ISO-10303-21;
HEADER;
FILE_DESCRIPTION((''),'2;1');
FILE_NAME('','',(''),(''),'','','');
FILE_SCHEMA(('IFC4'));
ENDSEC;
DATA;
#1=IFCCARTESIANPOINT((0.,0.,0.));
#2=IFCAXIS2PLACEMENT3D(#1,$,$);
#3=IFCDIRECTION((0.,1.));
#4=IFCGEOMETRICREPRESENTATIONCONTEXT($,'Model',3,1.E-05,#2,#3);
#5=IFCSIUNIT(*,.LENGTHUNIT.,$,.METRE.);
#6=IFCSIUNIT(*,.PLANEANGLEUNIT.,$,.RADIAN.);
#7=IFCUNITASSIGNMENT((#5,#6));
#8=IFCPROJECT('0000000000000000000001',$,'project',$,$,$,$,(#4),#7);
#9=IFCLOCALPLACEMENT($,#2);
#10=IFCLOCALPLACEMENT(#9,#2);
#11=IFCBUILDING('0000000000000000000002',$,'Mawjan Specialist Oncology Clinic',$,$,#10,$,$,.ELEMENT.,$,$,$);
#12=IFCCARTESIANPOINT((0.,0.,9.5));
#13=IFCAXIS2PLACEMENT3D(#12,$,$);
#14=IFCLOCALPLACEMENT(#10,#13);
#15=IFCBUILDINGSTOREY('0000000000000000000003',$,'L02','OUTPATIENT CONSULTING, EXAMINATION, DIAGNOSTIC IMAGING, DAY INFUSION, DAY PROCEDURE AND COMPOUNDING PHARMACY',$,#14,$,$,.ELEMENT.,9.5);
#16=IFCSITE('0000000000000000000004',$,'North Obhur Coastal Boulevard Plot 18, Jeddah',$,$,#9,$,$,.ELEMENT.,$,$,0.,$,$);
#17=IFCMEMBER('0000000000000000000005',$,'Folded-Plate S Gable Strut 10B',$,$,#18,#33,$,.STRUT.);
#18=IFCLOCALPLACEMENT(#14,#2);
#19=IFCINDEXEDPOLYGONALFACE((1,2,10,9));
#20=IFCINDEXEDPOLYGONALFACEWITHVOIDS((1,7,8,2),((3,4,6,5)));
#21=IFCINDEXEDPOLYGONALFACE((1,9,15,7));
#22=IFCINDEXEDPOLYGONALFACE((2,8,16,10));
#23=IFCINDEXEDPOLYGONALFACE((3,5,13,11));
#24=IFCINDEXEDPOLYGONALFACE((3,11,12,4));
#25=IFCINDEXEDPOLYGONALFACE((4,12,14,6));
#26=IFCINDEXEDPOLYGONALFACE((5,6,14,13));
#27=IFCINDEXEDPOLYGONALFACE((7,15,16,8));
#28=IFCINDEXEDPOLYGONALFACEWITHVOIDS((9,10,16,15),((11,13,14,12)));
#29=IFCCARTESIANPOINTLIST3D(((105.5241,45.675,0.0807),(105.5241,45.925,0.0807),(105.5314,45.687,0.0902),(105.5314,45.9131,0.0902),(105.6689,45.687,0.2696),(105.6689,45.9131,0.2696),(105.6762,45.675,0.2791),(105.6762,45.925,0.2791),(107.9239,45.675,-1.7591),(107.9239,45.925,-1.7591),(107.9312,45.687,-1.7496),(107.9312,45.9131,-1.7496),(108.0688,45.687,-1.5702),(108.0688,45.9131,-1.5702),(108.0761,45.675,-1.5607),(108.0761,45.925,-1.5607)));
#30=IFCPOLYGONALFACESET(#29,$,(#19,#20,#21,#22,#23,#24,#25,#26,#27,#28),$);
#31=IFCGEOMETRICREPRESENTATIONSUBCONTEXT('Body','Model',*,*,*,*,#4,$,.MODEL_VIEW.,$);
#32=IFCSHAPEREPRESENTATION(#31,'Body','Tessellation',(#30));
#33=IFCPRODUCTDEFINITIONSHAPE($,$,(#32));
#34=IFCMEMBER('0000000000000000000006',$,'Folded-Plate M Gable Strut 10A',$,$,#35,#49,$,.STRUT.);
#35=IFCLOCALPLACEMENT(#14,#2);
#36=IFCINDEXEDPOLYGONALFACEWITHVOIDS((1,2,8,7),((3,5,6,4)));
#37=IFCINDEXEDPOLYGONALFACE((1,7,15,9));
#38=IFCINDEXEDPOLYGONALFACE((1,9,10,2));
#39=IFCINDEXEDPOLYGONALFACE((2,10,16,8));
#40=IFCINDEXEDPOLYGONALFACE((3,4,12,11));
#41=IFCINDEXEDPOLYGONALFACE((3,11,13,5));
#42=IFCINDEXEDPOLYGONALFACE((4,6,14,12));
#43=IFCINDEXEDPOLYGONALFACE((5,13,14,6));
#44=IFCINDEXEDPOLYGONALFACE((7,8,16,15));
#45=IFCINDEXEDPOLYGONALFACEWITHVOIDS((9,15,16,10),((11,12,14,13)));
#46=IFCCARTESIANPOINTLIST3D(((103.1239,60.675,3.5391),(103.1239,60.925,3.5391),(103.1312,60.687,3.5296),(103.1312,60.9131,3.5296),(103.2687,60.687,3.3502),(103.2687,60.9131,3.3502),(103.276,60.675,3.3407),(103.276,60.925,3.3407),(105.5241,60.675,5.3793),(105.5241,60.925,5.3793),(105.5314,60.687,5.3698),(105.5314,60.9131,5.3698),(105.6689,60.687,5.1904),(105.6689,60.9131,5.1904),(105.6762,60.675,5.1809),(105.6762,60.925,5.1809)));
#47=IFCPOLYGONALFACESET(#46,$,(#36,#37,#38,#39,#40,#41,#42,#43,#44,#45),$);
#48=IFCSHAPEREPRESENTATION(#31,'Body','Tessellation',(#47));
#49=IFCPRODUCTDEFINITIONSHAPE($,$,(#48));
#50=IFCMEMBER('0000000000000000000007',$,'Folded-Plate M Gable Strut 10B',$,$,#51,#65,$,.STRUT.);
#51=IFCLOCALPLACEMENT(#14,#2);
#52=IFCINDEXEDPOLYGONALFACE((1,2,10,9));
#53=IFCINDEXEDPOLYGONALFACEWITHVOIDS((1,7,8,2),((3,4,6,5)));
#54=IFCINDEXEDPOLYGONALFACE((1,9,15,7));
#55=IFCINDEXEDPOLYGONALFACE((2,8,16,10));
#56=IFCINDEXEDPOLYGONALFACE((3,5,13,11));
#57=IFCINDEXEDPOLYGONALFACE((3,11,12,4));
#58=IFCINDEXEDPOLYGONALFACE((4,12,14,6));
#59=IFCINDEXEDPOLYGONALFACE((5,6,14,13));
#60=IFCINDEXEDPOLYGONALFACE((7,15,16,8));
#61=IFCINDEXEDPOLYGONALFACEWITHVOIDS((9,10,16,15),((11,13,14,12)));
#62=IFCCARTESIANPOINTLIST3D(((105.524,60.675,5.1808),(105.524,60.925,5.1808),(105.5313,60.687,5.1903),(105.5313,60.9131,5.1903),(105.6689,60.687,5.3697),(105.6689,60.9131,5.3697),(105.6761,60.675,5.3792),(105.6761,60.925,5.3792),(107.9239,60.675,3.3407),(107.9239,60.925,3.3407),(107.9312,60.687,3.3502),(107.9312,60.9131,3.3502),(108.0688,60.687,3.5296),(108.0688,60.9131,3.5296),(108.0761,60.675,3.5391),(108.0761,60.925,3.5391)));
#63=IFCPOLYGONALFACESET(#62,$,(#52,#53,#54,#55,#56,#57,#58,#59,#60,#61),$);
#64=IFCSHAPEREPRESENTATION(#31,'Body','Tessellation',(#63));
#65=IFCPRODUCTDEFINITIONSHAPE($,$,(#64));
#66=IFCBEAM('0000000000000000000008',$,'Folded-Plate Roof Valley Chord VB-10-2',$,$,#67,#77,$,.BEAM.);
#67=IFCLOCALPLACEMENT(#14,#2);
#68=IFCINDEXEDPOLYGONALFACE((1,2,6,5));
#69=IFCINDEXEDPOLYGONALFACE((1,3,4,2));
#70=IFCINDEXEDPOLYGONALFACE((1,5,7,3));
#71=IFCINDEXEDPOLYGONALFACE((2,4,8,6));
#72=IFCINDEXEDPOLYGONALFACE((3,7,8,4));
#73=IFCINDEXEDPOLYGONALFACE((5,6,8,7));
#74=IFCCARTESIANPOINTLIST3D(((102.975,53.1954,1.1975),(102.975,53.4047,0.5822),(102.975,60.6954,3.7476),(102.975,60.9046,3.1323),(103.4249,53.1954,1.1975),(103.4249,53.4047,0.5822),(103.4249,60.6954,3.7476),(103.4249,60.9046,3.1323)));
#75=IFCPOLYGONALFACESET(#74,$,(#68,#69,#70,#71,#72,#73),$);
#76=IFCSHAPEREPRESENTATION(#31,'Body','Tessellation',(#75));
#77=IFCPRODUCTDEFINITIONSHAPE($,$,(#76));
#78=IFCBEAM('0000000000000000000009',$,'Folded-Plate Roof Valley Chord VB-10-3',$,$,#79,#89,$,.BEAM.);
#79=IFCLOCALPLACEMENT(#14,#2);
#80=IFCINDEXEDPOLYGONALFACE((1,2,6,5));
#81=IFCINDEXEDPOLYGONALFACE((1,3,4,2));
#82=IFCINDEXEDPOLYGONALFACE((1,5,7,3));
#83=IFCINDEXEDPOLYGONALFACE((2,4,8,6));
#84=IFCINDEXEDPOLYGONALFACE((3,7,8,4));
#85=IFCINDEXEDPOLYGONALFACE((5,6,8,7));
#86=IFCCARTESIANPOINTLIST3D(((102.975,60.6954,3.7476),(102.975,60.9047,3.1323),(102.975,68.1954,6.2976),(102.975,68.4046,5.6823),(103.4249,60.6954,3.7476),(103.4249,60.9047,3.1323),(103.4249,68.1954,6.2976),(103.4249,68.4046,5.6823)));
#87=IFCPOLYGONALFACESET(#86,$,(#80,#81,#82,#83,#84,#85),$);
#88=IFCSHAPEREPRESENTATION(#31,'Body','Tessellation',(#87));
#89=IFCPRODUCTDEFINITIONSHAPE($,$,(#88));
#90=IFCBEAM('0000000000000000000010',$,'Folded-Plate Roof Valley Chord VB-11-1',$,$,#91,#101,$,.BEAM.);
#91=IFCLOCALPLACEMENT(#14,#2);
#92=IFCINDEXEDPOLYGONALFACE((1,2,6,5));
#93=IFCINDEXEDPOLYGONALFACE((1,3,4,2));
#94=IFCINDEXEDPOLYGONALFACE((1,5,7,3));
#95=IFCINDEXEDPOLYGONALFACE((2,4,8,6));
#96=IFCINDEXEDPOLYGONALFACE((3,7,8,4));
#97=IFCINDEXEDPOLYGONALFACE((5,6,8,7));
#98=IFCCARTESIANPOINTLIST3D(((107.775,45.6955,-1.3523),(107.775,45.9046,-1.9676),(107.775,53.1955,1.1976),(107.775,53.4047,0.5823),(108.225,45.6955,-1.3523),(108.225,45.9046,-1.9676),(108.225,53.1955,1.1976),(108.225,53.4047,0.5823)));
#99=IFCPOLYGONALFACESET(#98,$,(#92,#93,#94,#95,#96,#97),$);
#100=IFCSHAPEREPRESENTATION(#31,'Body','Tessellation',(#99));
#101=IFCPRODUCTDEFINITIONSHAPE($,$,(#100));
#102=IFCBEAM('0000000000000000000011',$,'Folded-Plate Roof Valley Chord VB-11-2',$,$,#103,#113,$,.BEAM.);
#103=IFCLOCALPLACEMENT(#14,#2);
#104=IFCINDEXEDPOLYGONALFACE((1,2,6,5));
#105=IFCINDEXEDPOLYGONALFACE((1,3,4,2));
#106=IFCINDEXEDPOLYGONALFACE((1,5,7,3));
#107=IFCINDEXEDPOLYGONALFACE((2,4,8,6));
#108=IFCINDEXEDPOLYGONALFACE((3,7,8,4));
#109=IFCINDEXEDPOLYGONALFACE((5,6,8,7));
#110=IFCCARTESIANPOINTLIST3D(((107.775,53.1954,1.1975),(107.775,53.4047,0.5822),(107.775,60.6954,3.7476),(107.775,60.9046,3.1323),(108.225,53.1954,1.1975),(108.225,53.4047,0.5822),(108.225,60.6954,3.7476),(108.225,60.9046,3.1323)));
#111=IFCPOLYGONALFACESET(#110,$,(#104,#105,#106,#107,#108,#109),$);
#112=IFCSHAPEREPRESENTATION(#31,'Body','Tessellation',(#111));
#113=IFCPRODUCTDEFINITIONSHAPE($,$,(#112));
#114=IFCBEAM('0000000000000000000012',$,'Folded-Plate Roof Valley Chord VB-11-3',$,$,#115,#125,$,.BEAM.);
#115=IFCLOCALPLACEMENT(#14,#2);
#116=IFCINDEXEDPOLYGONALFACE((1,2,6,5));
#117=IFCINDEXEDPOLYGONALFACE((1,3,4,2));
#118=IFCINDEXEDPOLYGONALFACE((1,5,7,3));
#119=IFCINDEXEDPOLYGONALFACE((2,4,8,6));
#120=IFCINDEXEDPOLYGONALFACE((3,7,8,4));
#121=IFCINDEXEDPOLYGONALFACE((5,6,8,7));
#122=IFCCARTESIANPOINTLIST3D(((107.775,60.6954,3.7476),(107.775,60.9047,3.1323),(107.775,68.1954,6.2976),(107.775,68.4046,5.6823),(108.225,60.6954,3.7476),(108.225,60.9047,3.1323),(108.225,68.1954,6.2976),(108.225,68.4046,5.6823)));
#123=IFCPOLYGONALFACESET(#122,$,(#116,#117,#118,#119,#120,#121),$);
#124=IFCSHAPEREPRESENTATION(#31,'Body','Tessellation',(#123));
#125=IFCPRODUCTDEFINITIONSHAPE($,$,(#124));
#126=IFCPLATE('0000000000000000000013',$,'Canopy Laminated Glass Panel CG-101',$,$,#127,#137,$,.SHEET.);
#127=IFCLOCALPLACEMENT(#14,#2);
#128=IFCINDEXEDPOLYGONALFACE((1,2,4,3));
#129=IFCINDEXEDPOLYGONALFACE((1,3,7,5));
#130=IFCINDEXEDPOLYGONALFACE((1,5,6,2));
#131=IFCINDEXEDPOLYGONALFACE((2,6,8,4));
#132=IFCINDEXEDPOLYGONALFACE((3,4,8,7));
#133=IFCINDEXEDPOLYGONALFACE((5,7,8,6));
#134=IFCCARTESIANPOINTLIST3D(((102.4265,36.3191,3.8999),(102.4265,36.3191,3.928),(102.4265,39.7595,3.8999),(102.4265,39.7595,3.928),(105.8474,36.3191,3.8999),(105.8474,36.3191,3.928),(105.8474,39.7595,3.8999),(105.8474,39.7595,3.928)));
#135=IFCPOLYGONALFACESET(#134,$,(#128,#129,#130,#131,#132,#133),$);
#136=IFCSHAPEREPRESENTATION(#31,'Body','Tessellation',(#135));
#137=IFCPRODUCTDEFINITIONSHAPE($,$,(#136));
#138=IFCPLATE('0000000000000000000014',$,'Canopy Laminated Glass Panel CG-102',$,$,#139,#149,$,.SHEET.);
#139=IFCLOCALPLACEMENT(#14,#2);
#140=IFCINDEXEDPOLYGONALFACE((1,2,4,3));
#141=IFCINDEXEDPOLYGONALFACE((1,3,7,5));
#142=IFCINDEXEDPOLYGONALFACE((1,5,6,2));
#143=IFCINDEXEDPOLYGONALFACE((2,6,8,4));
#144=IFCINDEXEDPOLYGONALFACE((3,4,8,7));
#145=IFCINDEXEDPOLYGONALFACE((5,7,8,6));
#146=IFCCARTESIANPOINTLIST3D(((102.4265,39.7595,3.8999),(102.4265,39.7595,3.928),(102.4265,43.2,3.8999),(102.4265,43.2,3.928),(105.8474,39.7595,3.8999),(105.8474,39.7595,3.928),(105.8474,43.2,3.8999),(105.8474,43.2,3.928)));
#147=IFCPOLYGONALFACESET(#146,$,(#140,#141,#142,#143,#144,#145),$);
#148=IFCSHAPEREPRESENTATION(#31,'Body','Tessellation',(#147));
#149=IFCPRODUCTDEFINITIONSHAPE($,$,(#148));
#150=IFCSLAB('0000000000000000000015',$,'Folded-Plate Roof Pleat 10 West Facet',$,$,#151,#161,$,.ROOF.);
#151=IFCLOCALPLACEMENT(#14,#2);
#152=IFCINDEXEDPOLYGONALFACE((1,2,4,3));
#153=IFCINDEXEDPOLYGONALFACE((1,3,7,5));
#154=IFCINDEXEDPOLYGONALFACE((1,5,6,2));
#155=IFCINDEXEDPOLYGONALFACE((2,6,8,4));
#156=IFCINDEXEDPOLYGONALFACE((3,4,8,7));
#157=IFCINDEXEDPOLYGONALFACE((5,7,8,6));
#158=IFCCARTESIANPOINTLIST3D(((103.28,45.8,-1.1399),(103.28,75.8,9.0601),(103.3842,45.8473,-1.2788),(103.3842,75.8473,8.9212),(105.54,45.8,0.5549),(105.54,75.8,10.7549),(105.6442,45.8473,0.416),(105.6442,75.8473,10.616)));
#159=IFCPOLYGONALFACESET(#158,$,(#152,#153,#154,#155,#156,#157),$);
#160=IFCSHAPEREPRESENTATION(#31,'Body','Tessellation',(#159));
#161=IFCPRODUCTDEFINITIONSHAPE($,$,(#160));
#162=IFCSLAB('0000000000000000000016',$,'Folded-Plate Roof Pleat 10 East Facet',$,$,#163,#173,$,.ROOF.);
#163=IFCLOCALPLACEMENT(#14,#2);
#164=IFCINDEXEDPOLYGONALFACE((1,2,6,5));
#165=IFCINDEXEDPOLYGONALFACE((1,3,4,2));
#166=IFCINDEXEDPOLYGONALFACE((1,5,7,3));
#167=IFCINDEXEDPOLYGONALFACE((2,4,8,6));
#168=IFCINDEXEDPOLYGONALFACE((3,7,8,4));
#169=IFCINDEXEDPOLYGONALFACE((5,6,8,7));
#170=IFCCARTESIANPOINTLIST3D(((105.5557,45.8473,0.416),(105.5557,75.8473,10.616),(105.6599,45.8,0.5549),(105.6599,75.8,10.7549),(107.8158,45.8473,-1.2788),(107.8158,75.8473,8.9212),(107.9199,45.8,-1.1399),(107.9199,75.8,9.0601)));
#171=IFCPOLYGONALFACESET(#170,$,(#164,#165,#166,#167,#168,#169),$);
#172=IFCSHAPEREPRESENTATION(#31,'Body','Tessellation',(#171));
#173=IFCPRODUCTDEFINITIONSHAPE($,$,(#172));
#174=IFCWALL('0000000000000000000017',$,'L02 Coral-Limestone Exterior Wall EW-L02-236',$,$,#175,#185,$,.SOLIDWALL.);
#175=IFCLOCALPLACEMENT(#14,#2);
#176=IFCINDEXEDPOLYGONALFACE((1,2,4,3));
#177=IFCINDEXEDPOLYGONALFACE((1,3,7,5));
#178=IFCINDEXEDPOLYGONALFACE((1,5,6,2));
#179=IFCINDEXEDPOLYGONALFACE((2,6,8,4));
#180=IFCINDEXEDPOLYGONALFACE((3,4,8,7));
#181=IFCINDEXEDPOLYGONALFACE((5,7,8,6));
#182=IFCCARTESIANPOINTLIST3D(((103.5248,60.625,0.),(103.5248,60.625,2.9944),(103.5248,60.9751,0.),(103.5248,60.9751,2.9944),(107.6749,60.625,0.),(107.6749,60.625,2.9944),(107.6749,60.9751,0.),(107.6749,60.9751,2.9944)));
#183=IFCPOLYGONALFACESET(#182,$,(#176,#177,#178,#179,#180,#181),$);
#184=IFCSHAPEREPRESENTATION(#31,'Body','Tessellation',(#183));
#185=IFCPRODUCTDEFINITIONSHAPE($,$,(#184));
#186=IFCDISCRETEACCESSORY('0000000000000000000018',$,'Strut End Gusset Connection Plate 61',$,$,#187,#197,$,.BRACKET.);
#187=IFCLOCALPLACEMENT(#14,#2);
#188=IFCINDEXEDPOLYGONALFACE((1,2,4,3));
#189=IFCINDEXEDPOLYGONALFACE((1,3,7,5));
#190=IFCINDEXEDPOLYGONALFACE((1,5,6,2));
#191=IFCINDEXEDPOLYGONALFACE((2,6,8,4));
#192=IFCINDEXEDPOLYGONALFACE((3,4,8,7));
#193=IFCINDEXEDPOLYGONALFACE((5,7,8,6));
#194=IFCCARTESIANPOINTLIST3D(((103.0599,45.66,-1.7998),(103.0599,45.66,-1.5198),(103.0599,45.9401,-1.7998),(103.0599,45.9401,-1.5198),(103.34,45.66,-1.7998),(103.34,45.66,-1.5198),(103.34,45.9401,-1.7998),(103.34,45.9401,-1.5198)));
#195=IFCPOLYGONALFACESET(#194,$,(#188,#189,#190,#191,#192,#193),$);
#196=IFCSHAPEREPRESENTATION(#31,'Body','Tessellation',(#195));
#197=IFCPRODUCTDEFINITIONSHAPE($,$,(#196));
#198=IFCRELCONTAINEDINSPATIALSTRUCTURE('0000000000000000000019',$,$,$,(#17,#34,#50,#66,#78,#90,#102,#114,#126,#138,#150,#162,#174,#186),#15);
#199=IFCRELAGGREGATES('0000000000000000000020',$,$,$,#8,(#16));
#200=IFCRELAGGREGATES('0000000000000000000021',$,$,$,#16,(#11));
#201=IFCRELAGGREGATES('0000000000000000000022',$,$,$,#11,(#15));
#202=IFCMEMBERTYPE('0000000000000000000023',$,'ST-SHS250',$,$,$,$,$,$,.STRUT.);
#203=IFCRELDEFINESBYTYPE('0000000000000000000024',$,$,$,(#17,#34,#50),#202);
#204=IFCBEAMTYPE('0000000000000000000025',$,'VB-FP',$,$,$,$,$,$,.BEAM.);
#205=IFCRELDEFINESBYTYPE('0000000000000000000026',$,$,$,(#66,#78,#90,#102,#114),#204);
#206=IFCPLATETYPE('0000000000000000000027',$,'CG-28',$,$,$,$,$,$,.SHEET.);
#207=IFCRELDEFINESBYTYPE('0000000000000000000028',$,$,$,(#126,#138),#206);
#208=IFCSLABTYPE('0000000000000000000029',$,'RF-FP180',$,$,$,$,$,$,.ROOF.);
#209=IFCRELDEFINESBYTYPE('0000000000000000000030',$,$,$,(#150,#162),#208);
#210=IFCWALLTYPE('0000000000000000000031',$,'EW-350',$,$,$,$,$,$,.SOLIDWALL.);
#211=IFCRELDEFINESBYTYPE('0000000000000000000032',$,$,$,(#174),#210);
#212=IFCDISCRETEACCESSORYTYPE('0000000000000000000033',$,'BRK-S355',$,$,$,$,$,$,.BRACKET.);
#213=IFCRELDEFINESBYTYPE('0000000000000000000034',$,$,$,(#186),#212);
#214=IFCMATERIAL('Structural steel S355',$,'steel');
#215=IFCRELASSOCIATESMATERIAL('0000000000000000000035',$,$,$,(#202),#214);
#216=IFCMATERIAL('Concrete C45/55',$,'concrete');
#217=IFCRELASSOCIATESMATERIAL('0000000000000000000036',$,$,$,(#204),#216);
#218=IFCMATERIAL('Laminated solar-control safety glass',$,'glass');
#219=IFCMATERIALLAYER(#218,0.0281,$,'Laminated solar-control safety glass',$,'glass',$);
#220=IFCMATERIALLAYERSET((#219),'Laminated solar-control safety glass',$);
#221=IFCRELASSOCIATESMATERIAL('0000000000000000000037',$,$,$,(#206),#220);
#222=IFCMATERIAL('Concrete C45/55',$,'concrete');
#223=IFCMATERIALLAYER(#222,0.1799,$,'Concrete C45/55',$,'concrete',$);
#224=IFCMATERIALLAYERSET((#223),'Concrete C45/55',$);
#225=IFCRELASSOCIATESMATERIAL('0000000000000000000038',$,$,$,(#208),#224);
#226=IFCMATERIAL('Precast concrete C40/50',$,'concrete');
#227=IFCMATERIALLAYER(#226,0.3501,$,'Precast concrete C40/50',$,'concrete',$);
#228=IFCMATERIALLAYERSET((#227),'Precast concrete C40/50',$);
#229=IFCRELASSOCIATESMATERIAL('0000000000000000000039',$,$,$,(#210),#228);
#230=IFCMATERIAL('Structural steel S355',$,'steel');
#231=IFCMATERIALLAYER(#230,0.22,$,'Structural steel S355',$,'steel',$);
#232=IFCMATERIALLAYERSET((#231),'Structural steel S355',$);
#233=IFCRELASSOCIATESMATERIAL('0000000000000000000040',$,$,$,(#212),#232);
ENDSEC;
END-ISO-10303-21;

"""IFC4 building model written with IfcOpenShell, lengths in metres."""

from ifc_helpers import new_model, si_unit, direction, frame, frame_2d, origin, origin_2d, place, context, subcontext, project, spatial, polyline, rectangle, hollow_rectangle, outline, extrude, material, layer, layer_set, material_profile, profile_set, type_object, element, save


model = new_model("IFC4")

# Units and contexts
model_context = context("Model", 3, precision=1e-05, world=origin(), true_north=direction((0.0, 1.0)))
body_context = subcontext(model_context, "Body", "Model", "MODEL_VIEW")
ifc_project = project(units=[si_unit("LENGTHUNIT", "METRE"), si_unit("PLANEANGLEUNIT", "RADIAN")], contexts=[model_context])

# Site, building, storey
site_placement = place(None, origin())
site = spatial("IfcSite", under=ifc_project, at=site_placement, Name="North Obhur Coastal Boulevard Plot 18, Jeddah", CompositionType="ELEMENT", RefElevation=0.0)
building_placement = place(site_placement, origin())
building = spatial("IfcBuilding", under=site, at=building_placement, Name="Mawjan Specialist Oncology Clinic", CompositionType="ELEMENT")
storey_placement = place(building_placement, frame((0.0, 0.0, 9.5)))
storey = spatial("IfcBuildingStorey", under=building, at=storey_placement, Name="L02", Description="OUTPATIENT CONSULTING, EXAMINATION, DIAGNOSTIC IMAGING, DAY INFUSION, DAY PROCEDURE AND COMPOUNDING PHARMACY", CompositionType="ELEMENT", Elevation=9.5)

# Members
ifc_material_1 = material(Name="Structural steel S355", Category="steel")
ifc_material_profile_1 = material_profile(ifc_material_1, hollow_rectangle(XDim=0.25, YDim=0.25, WallThickness=0.012, at=origin_2d()), Name="SHS 250x250x12", Category="steel")
ifc_profile_set_1 = profile_set([ifc_material_profile_1], Name="Structural steel S355")
member_type = type_object("IfcMemberType", Name="ST-SHS250", PredefinedType="STRUT", material=ifc_profile_set_1)
member_1_placement = place(storey_placement, frame((108.0, 45.8, -1.6599), z_axis=(-0.793619, 0.0, 0.608415), x_axis=(0.0, -1.0, 0.0)))
element("IfcMember", 1, at=member_1_placement, inside=storey, type_object=member_type, Name="Folded-Plate S Gable Strut 10B", PredefinedType="STRUT", context=body_context, shape_type="SweptSolid", body=[
    extrude(hollow_rectangle(XDim=0.25, YDim=0.25, WallThickness=0.012, at=origin_2d()), origin(), (0.0, 0.0, 1.0), 3.0239),
])
member_2_placement = place(storey_placement, frame((103.2, 60.8, 3.4399), z_axis=(0.79361, 0.0, 0.608426), x_axis=(0.0, 1.0, 0.0)))
element("IfcMember", 2, at=member_2_placement, inside=storey, type_object=member_type, Name="Folded-Plate M Gable Strut 10A", PredefinedType="STRUT", context=body_context, shape_type="SweptSolid", body=[
    extrude(hollow_rectangle(XDim=0.25, YDim=0.25, WallThickness=0.012, at=origin_2d()), origin(), (0.0, 0.0, 1.0), 3.0244),
])
member_3_placement = place(storey_placement, frame((108.0, 60.8, 3.4399), z_axis=(-0.79358, 0.0, 0.608465), x_axis=(0.0, -1.0, 0.0)))
element("IfcMember", 3, at=member_3_placement, inside=storey, type_object=member_type, Name="Folded-Plate M Gable Strut 10B", PredefinedType="STRUT", context=body_context, shape_type="SweptSolid", body=[
    extrude(hollow_rectangle(XDim=0.25, YDim=0.25, WallThickness=0.012, at=origin_2d()), origin(), (0.0, 0.0, 1.0), 3.0242),
])

# Beams
ifc_material_2 = material(Name="Concrete C45/55", Category="concrete")
ifc_material_profile_2 = material_profile(ifc_material_2, rectangle(XDim=0.45, YDim=0.6499, at=origin_2d()), Name="RC VALLEY 450x650", Category="concrete")
ifc_profile_set_2 = profile_set([ifc_material_profile_2], Name="Concrete C45/55")
beam_type_1 = type_object("IfcBeamType", Name="VB-FP", PredefinedType="BEAM", material=ifc_profile_set_2)
for number, where, z_axis, x_axis, name in (
    (4, (103.2, 53.3, 0.8899), (0.0, 0.946771, 0.321908), (-1.0, 0.0, 0.0), "Folded-Plate Roof Valley Chord VB-10-2"),
    (5, (103.2, 60.8, 3.4399), (0.0, 0.946771, 0.321908), (-1.0, 0.0, 0.0), "Folded-Plate Roof Valley Chord VB-10-3"),
    (6, (108.0, 45.8, -1.6599), (0.0, 0.94678, 0.321881), (-1.0, 0.0, 0.0), "Folded-Plate Roof Valley Chord VB-11-1"),
    (7, (108.0, 53.3, 0.8899), (0.0, 0.946771, 0.321908), (-1.0, 0.0, 0.0), "Folded-Plate Roof Valley Chord VB-11-2"),
    (8, (108.0, 60.8, 3.4399), (0.0, 0.946771, 0.321908), (-1.0, 0.0, 0.0), "Folded-Plate Roof Valley Chord VB-11-3"),
):
    element("IfcBeam", number, at=place(storey_placement, frame(where, z_axis=z_axis, x_axis=x_axis)), inside=storey, type_object=beam_type_1, Name=name, PredefinedType="BEAM", context=body_context, shape_type="SweptSolid", body=[
        extrude(rectangle(XDim=0.45, YDim=0.6499, at=origin_2d()), origin(), (0.0, 0.0, 1.0), 7.9216),
    ])

# Plates
ifc_material_3 = material(Name="Laminated solar-control safety glass", Category="glass")
ifc_layer_1 = layer(ifc_material_3, 0.0281, Name="Laminated solar-control safety glass", Category="glass")
ifc_layer_set_1 = layer_set([ifc_layer_1], Name="Laminated solar-control safety glass")
plate_type = type_object("IfcPlateType", Name="CG-28", PredefinedType="SHEET", material=ifc_layer_set_1)
for number, where, z_axis, x_axis, name in (
    (9, (104.137, 38.0393, 3.8999), (0.0, 0.0, 1.0), (1.0, 0.0, 0.0), "Canopy Laminated Glass Panel CG-101"),
    (10, (104.137, 41.4797, 3.8999), (0.0, 0.0, 1.0), (1.0, 0.0, 0.0), "Canopy Laminated Glass Panel CG-102"),
):
    element("IfcPlate", number, at=place(storey_placement, frame(where, z_axis=z_axis, x_axis=x_axis)), inside=storey, type_object=plate_type, Name=name, PredefinedType="SHEET", context=body_context, shape_type="SweptSolid", body=[
        extrude(rectangle(XDim=3.4209, YDim=3.4404, at=origin_2d()), origin(), (0.0, 0.0, 1.0), 0.0281),
    ])

# Slabs
ifc_material_4 = material(Name="Concrete C45/55", Category="concrete")
ifc_layer_2 = layer(ifc_material_4, 0.1799, Name="Concrete C45/55", Category="concrete")
ifc_layer_set_2 = layer_set([ifc_layer_2], Name="Concrete C45/55")
slab_type = type_object("IfcSlabType", Name="RF-FP180", PredefinedType="ROOF", material=ifc_layer_set_2)
slab_1_placement = place(storey_placement, frame((103.28, 45.8, -1.1399), z_axis=(-0.578924, -0.262472, 0.771982), x_axis=(0.800031, 0.0, 0.599959)))
element("IfcSlab", 11, at=slab_1_placement, inside=storey, type_object=slab_type, Name="Folded-Plate Roof Pleat 10 West Facet", PredefinedType="ROOF", context=body_context, shape_type="SweptSolid", body=[
    extrude(outline(polyline([(0.0, 0.0), (2.8249, 0.0), (8.9444, 31.09), (6.1195, 31.09), (0.0, 0.0)])), origin(), (0.0, 0.0, -1.0), 0.1799),
])
slab_2_placement = place(storey_placement, frame((105.6599, 45.8, 0.5549), z_axis=(0.578924, -0.262472, 0.771982), x_axis=(0.800031, 0.0, -0.599959)))
element("IfcSlab", 12, at=slab_2_placement, inside=storey, type_object=slab_type, Name="Folded-Plate Roof Pleat 10 East Facet", PredefinedType="ROOF", context=body_context, shape_type="SweptSolid", body=[
    extrude(outline(polyline([(0.0, 0.0), (2.8249, 0.0), (-3.2946, 31.09), (-6.1195, 31.09), (0.0, 0.0)])), origin(), (0.0, 0.0, -1.0), 0.1799),
])

# Wall
ifc_material_5 = material(Name="Precast concrete C40/50", Category="concrete")
ifc_layer_3 = layer(ifc_material_5, 0.3501, Name="Precast concrete C40/50", Category="concrete")
ifc_layer_set_3 = layer_set([ifc_layer_3], Name="Precast concrete C40/50")
wall_type = type_object("IfcWallType", Name="EW-350", PredefinedType="SOLIDWALL", material=ifc_layer_set_3)
wall_placement = place(storey_placement, frame((107.675, 60.8, 0.0), z_axis=(0.0, 0.0, 1.0), x_axis=(-1.0, 0.0, 0.0)))
element("IfcWall", 13, at=wall_placement, inside=storey, type_object=wall_type, Name="L02 Coral-Limestone Exterior Wall EW-L02-236", PredefinedType="SOLIDWALL", context=body_context, shape_type="SweptSolid", body=[
    extrude(rectangle(XDim=4.1501, YDim=0.3501, at=frame_2d((2.0752, 0.0))), origin(), (0.0, 0.0, 1.0), 2.9944),
])

# Discrete accessory
ifc_material_6 = material(Name="Structural steel S355", Category="steel")
ifc_layer_4 = layer(ifc_material_6, 0.22, Name="Structural steel S355", Category="steel")
ifc_layer_set_4 = layer_set([ifc_layer_4], Name="Structural steel S355")
discrete_accessory_type = type_object("IfcDiscreteAccessoryType", Name="BRK-S355", PredefinedType="BRACKET", material=ifc_layer_set_4)
for number, where, z_axis, x_axis, name in (
    (14, (103.2, 45.8, -1.7998), (0.0, 0.0, 1.0), (1.0, 0.0, 0.0), "Strut End Gusset Connection Plate 61"),
):
    element("IfcDiscreteAccessory", number, at=place(storey_placement, frame(where, z_axis=z_axis, x_axis=x_axis)), inside=storey, type_object=discrete_accessory_type, Name=name, PredefinedType="BRACKET", context=body_context, shape_type="SweptSolid", body=[
        extrude(rectangle(XDim=0.28, YDim=0.28, at=origin_2d()), origin(), (0.0, 0.0, 1.0), 0.28),
    ])

save(model, "model.ifc")
